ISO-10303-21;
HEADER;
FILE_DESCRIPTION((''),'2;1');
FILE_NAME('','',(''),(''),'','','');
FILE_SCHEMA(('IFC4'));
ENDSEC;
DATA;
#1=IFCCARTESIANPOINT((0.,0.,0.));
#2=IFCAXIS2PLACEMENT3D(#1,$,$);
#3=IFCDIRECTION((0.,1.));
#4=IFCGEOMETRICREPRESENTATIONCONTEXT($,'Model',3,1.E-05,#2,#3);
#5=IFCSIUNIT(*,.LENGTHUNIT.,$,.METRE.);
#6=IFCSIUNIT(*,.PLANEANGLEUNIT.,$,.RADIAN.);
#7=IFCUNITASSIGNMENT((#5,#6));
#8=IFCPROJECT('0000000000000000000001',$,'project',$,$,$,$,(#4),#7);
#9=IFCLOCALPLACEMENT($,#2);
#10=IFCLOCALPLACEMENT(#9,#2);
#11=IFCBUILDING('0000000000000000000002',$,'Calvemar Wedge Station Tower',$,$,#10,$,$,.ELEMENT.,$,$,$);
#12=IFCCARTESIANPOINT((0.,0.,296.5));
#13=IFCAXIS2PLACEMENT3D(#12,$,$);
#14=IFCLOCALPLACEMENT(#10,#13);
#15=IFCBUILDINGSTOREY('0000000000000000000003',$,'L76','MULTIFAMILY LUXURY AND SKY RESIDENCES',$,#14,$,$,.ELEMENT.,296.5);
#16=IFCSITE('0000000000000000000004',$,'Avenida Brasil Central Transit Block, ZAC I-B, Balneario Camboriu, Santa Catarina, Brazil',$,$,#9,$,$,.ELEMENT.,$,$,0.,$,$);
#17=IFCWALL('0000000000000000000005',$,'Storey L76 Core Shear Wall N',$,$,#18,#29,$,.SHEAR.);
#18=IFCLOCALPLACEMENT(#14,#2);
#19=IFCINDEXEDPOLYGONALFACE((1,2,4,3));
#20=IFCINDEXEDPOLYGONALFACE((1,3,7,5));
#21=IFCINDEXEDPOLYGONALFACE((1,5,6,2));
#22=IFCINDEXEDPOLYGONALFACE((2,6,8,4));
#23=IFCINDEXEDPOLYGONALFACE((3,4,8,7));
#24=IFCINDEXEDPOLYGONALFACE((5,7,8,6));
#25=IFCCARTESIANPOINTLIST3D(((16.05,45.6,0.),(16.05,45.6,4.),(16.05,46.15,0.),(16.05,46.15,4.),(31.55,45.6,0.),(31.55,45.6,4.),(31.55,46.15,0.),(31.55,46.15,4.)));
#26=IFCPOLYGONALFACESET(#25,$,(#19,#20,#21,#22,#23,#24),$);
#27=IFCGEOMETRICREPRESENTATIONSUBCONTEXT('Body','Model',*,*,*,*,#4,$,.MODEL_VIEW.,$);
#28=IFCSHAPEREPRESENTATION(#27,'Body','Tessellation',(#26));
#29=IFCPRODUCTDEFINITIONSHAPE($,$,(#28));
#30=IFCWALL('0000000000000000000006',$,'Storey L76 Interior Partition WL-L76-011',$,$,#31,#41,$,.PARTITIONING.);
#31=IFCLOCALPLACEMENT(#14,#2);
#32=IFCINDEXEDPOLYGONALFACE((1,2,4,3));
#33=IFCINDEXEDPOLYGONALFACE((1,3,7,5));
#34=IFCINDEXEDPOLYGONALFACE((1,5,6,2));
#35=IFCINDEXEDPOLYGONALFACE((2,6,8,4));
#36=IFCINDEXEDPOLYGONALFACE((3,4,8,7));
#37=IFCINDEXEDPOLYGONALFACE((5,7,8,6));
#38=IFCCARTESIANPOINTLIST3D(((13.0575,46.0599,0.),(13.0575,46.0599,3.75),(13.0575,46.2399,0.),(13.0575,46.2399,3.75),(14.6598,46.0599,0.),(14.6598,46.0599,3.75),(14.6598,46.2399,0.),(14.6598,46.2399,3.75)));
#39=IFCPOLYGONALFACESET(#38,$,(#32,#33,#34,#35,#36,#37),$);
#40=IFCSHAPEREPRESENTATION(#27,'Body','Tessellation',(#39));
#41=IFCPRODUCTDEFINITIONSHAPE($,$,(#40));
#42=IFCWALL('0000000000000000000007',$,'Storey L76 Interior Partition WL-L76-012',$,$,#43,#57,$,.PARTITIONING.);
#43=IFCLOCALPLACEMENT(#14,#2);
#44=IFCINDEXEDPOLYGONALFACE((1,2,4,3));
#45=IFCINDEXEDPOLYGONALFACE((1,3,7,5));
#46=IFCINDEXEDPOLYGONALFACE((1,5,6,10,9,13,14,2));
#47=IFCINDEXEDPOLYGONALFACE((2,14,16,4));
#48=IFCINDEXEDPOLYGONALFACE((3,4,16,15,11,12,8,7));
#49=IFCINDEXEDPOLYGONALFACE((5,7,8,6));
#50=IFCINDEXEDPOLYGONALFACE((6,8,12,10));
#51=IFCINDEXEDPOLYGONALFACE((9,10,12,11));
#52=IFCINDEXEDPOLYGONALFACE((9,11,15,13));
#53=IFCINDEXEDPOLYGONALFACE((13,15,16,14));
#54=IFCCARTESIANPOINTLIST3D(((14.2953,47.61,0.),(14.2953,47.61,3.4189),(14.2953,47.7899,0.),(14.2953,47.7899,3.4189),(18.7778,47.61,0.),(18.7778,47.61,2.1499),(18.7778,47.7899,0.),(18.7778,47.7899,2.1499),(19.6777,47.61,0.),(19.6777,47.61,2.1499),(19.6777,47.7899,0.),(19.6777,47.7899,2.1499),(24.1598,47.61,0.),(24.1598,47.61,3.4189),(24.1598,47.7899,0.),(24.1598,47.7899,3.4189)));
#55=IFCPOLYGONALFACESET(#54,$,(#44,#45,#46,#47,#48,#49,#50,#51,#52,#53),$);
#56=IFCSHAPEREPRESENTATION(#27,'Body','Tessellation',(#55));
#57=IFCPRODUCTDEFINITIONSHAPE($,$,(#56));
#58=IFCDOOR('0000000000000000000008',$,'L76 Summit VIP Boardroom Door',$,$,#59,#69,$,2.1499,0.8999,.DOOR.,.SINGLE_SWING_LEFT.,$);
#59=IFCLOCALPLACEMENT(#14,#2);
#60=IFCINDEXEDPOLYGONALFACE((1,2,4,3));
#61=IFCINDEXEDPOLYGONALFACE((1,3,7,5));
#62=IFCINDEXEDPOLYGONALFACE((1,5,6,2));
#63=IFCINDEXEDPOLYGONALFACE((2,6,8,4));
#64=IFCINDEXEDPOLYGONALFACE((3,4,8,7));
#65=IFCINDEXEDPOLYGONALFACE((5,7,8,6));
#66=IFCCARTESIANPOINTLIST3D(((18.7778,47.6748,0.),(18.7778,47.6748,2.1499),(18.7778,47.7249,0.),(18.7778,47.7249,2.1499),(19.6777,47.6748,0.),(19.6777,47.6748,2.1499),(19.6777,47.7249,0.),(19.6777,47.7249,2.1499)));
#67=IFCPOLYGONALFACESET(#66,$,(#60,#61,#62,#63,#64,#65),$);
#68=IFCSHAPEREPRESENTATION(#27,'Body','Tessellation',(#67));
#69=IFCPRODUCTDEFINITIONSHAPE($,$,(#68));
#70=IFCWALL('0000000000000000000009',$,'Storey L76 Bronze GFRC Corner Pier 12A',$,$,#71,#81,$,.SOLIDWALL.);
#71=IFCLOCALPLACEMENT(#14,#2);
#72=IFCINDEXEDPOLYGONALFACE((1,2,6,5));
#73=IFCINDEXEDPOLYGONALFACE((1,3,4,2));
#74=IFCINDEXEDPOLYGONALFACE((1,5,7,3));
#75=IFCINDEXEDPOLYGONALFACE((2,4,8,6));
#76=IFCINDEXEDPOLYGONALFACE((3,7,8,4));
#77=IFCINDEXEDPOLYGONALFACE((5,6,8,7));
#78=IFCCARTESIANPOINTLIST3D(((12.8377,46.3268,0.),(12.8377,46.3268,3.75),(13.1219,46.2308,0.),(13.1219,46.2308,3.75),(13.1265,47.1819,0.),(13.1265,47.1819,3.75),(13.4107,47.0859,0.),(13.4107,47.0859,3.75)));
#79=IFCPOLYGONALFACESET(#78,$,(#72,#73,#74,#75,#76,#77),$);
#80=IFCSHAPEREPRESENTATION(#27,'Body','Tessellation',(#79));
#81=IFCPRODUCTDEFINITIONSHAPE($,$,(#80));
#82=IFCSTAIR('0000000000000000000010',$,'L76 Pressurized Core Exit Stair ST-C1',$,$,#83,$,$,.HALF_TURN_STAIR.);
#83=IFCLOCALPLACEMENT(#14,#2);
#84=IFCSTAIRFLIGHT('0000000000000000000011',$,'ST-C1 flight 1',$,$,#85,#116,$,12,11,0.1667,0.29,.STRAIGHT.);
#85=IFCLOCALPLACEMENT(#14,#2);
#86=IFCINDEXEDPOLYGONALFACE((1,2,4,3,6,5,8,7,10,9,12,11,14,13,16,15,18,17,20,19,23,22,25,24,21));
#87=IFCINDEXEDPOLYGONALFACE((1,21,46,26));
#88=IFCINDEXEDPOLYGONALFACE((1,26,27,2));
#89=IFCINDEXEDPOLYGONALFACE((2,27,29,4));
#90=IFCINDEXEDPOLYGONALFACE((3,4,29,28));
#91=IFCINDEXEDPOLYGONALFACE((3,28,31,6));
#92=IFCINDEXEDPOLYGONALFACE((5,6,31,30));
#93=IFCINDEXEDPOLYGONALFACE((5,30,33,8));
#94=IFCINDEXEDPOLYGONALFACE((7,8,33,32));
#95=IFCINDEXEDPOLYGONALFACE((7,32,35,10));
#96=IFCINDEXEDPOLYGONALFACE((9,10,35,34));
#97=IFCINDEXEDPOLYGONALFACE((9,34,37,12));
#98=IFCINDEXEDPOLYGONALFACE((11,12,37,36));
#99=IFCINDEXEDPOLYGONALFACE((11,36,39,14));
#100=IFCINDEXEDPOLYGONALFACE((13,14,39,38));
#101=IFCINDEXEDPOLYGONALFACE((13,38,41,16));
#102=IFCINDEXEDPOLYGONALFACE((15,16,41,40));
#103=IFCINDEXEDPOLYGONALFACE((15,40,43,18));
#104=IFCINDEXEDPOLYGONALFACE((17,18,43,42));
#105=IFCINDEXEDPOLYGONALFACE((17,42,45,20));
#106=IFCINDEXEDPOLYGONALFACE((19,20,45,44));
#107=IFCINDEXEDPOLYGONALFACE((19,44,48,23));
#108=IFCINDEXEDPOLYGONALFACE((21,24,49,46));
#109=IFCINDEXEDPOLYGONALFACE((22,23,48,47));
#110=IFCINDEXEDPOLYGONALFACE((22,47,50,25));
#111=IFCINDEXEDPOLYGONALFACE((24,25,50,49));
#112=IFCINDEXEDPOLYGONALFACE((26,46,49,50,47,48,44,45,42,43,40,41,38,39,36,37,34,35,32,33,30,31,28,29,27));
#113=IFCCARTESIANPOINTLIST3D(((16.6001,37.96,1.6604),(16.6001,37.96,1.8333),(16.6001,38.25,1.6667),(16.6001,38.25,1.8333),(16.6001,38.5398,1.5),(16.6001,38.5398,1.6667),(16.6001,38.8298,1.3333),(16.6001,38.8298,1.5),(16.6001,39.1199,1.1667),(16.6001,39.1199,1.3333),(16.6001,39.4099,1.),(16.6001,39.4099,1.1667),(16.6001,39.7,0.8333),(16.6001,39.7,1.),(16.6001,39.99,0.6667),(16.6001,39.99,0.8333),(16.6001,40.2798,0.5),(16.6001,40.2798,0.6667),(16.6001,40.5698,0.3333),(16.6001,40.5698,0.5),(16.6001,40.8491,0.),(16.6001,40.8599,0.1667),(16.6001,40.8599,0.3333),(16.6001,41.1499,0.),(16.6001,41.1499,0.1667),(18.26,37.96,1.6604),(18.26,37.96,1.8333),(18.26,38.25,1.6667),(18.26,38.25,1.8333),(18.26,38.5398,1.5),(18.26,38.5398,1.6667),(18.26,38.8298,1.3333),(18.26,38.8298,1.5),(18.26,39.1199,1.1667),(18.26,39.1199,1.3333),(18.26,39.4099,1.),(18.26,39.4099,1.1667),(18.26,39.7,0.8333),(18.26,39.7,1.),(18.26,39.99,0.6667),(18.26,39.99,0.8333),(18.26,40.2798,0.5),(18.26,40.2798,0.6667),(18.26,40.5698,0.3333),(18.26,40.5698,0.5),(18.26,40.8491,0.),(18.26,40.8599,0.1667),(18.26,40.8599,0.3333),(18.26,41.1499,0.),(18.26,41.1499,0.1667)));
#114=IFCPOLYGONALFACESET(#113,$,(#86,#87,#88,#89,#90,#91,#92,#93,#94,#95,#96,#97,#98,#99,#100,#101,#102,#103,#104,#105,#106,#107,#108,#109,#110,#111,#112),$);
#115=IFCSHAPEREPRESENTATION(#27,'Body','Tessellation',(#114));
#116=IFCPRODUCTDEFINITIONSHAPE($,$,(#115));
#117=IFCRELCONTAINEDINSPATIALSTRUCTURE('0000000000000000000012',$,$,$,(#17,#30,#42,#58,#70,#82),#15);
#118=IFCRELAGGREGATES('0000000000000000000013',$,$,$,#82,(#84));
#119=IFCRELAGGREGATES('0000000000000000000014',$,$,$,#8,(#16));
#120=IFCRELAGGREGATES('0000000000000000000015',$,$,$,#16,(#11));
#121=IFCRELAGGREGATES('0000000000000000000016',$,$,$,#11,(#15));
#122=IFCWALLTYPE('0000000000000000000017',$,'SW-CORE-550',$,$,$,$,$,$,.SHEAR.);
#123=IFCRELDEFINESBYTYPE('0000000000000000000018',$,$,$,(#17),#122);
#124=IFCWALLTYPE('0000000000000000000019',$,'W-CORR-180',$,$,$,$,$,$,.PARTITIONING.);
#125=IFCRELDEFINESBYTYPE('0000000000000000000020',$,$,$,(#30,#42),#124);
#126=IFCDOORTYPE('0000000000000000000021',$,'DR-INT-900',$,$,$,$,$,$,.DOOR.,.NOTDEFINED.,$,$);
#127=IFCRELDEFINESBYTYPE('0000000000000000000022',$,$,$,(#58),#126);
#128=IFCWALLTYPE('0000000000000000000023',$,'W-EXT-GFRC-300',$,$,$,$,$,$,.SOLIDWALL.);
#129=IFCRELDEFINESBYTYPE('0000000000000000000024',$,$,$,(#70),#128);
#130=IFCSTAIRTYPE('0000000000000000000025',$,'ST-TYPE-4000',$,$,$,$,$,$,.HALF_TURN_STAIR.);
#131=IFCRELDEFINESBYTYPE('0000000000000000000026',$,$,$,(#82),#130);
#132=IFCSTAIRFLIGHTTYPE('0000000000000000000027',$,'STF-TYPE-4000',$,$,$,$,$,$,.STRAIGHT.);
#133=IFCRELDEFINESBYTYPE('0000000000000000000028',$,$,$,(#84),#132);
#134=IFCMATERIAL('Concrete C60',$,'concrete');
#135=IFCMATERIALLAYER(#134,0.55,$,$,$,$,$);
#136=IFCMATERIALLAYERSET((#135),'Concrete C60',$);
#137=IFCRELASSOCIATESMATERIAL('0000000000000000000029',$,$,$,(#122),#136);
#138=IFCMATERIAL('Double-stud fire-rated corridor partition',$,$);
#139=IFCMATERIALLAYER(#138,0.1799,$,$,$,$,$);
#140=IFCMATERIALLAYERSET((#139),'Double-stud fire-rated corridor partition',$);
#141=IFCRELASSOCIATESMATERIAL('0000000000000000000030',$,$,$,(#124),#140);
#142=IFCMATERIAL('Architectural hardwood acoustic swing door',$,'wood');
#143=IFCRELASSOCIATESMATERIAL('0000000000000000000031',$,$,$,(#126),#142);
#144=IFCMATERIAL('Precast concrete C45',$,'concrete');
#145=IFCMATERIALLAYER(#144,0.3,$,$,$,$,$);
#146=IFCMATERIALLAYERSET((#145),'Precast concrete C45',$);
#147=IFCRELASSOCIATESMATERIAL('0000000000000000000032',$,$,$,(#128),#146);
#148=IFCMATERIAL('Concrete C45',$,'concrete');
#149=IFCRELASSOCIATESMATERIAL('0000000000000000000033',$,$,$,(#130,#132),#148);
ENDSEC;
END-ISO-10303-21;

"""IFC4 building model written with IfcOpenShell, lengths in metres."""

from ifc_helpers import new_model, si_unit, direction, frame, frame_2d, origin, place, context, subcontext, project, spatial, polyline, rectangle, outline, extrude, source, transform, mapped, material, layer, layer_set, type_object, element, fill, aggregate, save


model = new_model("IFC4")

# Units and contexts
model_context = context("Model", 3, precision=1e-05, world=origin(), true_north=direction((0.0, 1.0)))
body_context = subcontext(model_context, "Body", "Model", "MODEL_VIEW")
ifc_project = project(units=[si_unit("LENGTHUNIT", "METRE"), si_unit("PLANEANGLEUNIT", "RADIAN")], contexts=[model_context])

# Site, building, storey
site_placement = place(None, origin())
site = spatial("IfcSite", under=ifc_project, at=site_placement, Name="Avenida Brasil Central Transit Block, ZAC I-B, Balneario Camboriu, Santa Catarina, Brazil", CompositionType="ELEMENT", RefElevation=0.0)
building_placement = place(site_placement, origin())
building = spatial("IfcBuilding", under=site, at=building_placement, Name="Calvemar Wedge Station Tower", CompositionType="ELEMENT")
storey_placement = place(building_placement, frame((0.0, 0.0, 296.5)))
storey = spatial("IfcBuildingStorey", under=building, at=storey_placement, Name="L76", Description="MULTIFAMILY LUXURY AND SKY RESIDENCES", CompositionType="ELEMENT", Elevation=296.5)

# Walls
ifc_material_1 = material(Name="Concrete C60", Category="concrete")
ifc_layer_1 = layer(ifc_material_1, 0.55)
ifc_layer_set_1 = layer_set([ifc_layer_1], Name="Concrete C60")
wall_type_1 = type_object("IfcWallType", Name="SW-CORE-550", PredefinedType="SHEAR", material=ifc_layer_set_1)
wall_1_placement = place(storey_placement, frame((16.05, 45.875, 0.0), z_axis=(0.0, 0.0, 1.0), x_axis=(1.0, 0.0, 0.0)))
element("IfcWall", 1, at=wall_1_placement, inside=storey, type_object=wall_type_1, Name="Storey L76 Core Shear Wall N", PredefinedType="SHEAR", context=body_context, shape_type="SweptSolid", body=[
    extrude(rectangle(XDim=15.5, YDim=0.55, at=frame_2d((7.75, 0.0))), origin(), (0.0, 0.0, 1.0), 4.0),
])
ifc_material_2 = material(Name="Double-stud fire-rated corridor partition")
ifc_layer_2 = layer(ifc_material_2, 0.1799)
ifc_layer_set_2 = layer_set([ifc_layer_2], Name="Double-stud fire-rated corridor partition")
wall_type_2 = type_object("IfcWallType", Name="W-CORR-180", PredefinedType="PARTITIONING", material=ifc_layer_set_2)
wall_2_placement = place(storey_placement, frame((14.6599, 46.1499, 0.0), z_axis=(0.0, 0.0, 1.0), x_axis=(-1.0, 0.0, 0.0)))
element("IfcWall", 2, at=wall_2_placement, inside=storey, type_object=wall_type_2, Name="Storey L76 Interior Partition WL-L76-011", PredefinedType="PARTITIONING", context=body_context, shape_type="SweptSolid", body=[
    extrude(rectangle(XDim=1.6023, YDim=0.1799, at=frame_2d((0.8013, 0.0))), origin(), (0.0, 0.0, 1.0), 3.75),
])

# Wall, opening, door
wall_3_placement = place(storey_placement, frame((14.2954, 47.7, 0.0), z_axis=(0.0, 0.0, 1.0), x_axis=(1.0, 0.0, 0.0)))
wall_3 = element("IfcWall", 3, at=wall_3_placement, inside=storey, type_object=wall_type_2, Name="Storey L76 Interior Partition WL-L76-012", PredefinedType="PARTITIONING", context=body_context, shape_type="SweptSolid", body=[
    extrude(rectangle(XDim=9.8645, YDim=0.1799, at=frame_2d((4.9321, 0.0))), origin(), (0.0, 0.0, 1.0), 3.4189),
])
shared_shape_1 = source(origin(), body_context, "Body", "SweptSolid", [
    extrude(rectangle(XDim=0.8999, YDim=2.1499, at=frame_2d((0.45, 1.075))), frame((0.0, 0.1001, 0.0), z_axis=(0.0, -1.0, 0.0), x_axis=(1.0, 0.0, 0.0)), (0.0, 0.0, 1.0), 0.2),
])
opening_placement = place(wall_3_placement, frame((4.4824, 0.0, 0.0)))
opening = element("IfcOpeningElement", 4, at=opening_placement, cuts=wall_3, PredefinedType="OPENING", context=body_context, shape_type="MappedRepresentation", body=[
    mapped(shared_shape_1, transform((0.0, 0.0, 0.0), scale=1.0)),
])
ifc_material_3 = material(Name="Architectural hardwood acoustic swing door", Category="wood")
door_type = type_object("IfcDoorType", Name="DR-INT-900", OperationType="NOTDEFINED", PredefinedType="DOOR", material=ifc_material_3)
shared_shape_2 = source(origin(), body_context, "Body", "SweptSolid", [
    extrude(rectangle(XDim=0.8999, YDim=2.1499, at=frame_2d((0.45, 1.075))), frame((0.0, 0.0249, 0.0), z_axis=(0.0, -1.0, 0.0), x_axis=(1.0, 0.0, 0.0)), (0.0, 0.0, 1.0), 0.05),
])
door_placement = place(opening_placement, origin())
door = element("IfcDoor", 5, at=door_placement, inside=storey, type_object=door_type, Name="L76 Summit VIP Boardroom Door", OperationType="SINGLE_SWING_LEFT", OverallHeight=2.1499, OverallWidth=0.8999, PredefinedType="DOOR", context=body_context, shape_type="MappedRepresentation", body=[
    mapped(shared_shape_2, transform((0.0, 0.0, 0.0), scale=1.0)),
])
fill(opening, door)

# Wall
ifc_material_4 = material(Name="Precast concrete C45", Category="concrete")
ifc_layer_3 = layer(ifc_material_4, 0.3)
ifc_layer_set_3 = layer_set([ifc_layer_3], Name="Precast concrete C45")
wall_type_3 = type_object("IfcWallType", Name="W-EXT-GFRC-300", PredefinedType="SOLIDWALL", material=ifc_layer_set_3)
wall_4_placement = place(storey_placement, frame((13.2686, 47.1338, 0.0), z_axis=(0.0, 0.0, 1.0), x_axis=(-0.319958, -0.947432, 0.0)))
element("IfcWall", 6, at=wall_4_placement, inside=storey, type_object=wall_type_3, Name="Storey L76 Bronze GFRC Corner Pier 12A", PredefinedType="SOLIDWALL", context=body_context, shape_type="SweptSolid", body=[
    extrude(rectangle(XDim=0.9026, YDim=0.3, at=frame_2d((0.4512, 0.0))), origin(), (0.0, 0.0, 1.0), 3.75),
])

# Stair, stair flight
ifc_material_5 = material(Name="Concrete C45", Category="concrete")
stair_type = type_object("IfcStairType", Name="ST-TYPE-4000", PredefinedType="HALF_TURN_STAIR", material=ifc_material_5)
stair_placement = place(storey_placement, origin())
stair = element("IfcStair", 7, at=stair_placement, inside=storey, type_object=stair_type, Name="L76 Pressurized Core Exit Stair ST-C1", PredefinedType="HALF_TURN_STAIR")
stair_flight_type = type_object("IfcStairFlightType", Name="STF-TYPE-4000", PredefinedType="STRAIGHT", material=ifc_material_5)
stair_flight_placement = place(storey_placement, frame((17.4299, 41.1499, 0.0), z_axis=(0.0, 0.0, 1.0), x_axis=(0.0, -1.0, 0.0)))
stair_flight = element("IfcStairFlight", 8, at=stair_flight_placement, type_object=stair_flight_type, Name="ST-C1 flight 1", NumberOfRisers=12, NumberOfTreads=11, PredefinedType="STRAIGHT", RiserHeight=0.1667, TreadLength=0.29, context=body_context, shape_type="SweptSolid", body=[
    extrude(outline(polyline([(0.0, 0.0), (0.0, 0.1667), (0.29, 0.1667), (0.29, 0.3333), (0.5801, 0.3333), (0.5801, 0.5), (0.8701, 0.5), (0.8701, 0.6667), (1.1599, 0.6667), (1.1599, 0.8333), (1.45, 0.8333), (1.45, 1.0), (1.74, 1.0), (1.74, 1.1667), (2.03, 1.1667), (2.03, 1.3333), (2.3201, 1.3333), (2.3201, 1.5), (2.6101, 1.5), (2.6101, 1.6667), (2.8999, 1.6667), (2.8999, 1.8333), (3.1899, 1.8333), (3.1899, 2.0), (3.1899, 1.6604), (0.3008, 0.0), (0.0, 0.0)])), frame((0.0, 0.8301, 0.0), z_axis=(0.0, -1.0, 0.0), x_axis=(1.0, 0.0, 0.0)), (0.0, 0.0, 1.0), 1.6599),
])
aggregate(stair, [stair_flight])

save(model, "model.ifc")
